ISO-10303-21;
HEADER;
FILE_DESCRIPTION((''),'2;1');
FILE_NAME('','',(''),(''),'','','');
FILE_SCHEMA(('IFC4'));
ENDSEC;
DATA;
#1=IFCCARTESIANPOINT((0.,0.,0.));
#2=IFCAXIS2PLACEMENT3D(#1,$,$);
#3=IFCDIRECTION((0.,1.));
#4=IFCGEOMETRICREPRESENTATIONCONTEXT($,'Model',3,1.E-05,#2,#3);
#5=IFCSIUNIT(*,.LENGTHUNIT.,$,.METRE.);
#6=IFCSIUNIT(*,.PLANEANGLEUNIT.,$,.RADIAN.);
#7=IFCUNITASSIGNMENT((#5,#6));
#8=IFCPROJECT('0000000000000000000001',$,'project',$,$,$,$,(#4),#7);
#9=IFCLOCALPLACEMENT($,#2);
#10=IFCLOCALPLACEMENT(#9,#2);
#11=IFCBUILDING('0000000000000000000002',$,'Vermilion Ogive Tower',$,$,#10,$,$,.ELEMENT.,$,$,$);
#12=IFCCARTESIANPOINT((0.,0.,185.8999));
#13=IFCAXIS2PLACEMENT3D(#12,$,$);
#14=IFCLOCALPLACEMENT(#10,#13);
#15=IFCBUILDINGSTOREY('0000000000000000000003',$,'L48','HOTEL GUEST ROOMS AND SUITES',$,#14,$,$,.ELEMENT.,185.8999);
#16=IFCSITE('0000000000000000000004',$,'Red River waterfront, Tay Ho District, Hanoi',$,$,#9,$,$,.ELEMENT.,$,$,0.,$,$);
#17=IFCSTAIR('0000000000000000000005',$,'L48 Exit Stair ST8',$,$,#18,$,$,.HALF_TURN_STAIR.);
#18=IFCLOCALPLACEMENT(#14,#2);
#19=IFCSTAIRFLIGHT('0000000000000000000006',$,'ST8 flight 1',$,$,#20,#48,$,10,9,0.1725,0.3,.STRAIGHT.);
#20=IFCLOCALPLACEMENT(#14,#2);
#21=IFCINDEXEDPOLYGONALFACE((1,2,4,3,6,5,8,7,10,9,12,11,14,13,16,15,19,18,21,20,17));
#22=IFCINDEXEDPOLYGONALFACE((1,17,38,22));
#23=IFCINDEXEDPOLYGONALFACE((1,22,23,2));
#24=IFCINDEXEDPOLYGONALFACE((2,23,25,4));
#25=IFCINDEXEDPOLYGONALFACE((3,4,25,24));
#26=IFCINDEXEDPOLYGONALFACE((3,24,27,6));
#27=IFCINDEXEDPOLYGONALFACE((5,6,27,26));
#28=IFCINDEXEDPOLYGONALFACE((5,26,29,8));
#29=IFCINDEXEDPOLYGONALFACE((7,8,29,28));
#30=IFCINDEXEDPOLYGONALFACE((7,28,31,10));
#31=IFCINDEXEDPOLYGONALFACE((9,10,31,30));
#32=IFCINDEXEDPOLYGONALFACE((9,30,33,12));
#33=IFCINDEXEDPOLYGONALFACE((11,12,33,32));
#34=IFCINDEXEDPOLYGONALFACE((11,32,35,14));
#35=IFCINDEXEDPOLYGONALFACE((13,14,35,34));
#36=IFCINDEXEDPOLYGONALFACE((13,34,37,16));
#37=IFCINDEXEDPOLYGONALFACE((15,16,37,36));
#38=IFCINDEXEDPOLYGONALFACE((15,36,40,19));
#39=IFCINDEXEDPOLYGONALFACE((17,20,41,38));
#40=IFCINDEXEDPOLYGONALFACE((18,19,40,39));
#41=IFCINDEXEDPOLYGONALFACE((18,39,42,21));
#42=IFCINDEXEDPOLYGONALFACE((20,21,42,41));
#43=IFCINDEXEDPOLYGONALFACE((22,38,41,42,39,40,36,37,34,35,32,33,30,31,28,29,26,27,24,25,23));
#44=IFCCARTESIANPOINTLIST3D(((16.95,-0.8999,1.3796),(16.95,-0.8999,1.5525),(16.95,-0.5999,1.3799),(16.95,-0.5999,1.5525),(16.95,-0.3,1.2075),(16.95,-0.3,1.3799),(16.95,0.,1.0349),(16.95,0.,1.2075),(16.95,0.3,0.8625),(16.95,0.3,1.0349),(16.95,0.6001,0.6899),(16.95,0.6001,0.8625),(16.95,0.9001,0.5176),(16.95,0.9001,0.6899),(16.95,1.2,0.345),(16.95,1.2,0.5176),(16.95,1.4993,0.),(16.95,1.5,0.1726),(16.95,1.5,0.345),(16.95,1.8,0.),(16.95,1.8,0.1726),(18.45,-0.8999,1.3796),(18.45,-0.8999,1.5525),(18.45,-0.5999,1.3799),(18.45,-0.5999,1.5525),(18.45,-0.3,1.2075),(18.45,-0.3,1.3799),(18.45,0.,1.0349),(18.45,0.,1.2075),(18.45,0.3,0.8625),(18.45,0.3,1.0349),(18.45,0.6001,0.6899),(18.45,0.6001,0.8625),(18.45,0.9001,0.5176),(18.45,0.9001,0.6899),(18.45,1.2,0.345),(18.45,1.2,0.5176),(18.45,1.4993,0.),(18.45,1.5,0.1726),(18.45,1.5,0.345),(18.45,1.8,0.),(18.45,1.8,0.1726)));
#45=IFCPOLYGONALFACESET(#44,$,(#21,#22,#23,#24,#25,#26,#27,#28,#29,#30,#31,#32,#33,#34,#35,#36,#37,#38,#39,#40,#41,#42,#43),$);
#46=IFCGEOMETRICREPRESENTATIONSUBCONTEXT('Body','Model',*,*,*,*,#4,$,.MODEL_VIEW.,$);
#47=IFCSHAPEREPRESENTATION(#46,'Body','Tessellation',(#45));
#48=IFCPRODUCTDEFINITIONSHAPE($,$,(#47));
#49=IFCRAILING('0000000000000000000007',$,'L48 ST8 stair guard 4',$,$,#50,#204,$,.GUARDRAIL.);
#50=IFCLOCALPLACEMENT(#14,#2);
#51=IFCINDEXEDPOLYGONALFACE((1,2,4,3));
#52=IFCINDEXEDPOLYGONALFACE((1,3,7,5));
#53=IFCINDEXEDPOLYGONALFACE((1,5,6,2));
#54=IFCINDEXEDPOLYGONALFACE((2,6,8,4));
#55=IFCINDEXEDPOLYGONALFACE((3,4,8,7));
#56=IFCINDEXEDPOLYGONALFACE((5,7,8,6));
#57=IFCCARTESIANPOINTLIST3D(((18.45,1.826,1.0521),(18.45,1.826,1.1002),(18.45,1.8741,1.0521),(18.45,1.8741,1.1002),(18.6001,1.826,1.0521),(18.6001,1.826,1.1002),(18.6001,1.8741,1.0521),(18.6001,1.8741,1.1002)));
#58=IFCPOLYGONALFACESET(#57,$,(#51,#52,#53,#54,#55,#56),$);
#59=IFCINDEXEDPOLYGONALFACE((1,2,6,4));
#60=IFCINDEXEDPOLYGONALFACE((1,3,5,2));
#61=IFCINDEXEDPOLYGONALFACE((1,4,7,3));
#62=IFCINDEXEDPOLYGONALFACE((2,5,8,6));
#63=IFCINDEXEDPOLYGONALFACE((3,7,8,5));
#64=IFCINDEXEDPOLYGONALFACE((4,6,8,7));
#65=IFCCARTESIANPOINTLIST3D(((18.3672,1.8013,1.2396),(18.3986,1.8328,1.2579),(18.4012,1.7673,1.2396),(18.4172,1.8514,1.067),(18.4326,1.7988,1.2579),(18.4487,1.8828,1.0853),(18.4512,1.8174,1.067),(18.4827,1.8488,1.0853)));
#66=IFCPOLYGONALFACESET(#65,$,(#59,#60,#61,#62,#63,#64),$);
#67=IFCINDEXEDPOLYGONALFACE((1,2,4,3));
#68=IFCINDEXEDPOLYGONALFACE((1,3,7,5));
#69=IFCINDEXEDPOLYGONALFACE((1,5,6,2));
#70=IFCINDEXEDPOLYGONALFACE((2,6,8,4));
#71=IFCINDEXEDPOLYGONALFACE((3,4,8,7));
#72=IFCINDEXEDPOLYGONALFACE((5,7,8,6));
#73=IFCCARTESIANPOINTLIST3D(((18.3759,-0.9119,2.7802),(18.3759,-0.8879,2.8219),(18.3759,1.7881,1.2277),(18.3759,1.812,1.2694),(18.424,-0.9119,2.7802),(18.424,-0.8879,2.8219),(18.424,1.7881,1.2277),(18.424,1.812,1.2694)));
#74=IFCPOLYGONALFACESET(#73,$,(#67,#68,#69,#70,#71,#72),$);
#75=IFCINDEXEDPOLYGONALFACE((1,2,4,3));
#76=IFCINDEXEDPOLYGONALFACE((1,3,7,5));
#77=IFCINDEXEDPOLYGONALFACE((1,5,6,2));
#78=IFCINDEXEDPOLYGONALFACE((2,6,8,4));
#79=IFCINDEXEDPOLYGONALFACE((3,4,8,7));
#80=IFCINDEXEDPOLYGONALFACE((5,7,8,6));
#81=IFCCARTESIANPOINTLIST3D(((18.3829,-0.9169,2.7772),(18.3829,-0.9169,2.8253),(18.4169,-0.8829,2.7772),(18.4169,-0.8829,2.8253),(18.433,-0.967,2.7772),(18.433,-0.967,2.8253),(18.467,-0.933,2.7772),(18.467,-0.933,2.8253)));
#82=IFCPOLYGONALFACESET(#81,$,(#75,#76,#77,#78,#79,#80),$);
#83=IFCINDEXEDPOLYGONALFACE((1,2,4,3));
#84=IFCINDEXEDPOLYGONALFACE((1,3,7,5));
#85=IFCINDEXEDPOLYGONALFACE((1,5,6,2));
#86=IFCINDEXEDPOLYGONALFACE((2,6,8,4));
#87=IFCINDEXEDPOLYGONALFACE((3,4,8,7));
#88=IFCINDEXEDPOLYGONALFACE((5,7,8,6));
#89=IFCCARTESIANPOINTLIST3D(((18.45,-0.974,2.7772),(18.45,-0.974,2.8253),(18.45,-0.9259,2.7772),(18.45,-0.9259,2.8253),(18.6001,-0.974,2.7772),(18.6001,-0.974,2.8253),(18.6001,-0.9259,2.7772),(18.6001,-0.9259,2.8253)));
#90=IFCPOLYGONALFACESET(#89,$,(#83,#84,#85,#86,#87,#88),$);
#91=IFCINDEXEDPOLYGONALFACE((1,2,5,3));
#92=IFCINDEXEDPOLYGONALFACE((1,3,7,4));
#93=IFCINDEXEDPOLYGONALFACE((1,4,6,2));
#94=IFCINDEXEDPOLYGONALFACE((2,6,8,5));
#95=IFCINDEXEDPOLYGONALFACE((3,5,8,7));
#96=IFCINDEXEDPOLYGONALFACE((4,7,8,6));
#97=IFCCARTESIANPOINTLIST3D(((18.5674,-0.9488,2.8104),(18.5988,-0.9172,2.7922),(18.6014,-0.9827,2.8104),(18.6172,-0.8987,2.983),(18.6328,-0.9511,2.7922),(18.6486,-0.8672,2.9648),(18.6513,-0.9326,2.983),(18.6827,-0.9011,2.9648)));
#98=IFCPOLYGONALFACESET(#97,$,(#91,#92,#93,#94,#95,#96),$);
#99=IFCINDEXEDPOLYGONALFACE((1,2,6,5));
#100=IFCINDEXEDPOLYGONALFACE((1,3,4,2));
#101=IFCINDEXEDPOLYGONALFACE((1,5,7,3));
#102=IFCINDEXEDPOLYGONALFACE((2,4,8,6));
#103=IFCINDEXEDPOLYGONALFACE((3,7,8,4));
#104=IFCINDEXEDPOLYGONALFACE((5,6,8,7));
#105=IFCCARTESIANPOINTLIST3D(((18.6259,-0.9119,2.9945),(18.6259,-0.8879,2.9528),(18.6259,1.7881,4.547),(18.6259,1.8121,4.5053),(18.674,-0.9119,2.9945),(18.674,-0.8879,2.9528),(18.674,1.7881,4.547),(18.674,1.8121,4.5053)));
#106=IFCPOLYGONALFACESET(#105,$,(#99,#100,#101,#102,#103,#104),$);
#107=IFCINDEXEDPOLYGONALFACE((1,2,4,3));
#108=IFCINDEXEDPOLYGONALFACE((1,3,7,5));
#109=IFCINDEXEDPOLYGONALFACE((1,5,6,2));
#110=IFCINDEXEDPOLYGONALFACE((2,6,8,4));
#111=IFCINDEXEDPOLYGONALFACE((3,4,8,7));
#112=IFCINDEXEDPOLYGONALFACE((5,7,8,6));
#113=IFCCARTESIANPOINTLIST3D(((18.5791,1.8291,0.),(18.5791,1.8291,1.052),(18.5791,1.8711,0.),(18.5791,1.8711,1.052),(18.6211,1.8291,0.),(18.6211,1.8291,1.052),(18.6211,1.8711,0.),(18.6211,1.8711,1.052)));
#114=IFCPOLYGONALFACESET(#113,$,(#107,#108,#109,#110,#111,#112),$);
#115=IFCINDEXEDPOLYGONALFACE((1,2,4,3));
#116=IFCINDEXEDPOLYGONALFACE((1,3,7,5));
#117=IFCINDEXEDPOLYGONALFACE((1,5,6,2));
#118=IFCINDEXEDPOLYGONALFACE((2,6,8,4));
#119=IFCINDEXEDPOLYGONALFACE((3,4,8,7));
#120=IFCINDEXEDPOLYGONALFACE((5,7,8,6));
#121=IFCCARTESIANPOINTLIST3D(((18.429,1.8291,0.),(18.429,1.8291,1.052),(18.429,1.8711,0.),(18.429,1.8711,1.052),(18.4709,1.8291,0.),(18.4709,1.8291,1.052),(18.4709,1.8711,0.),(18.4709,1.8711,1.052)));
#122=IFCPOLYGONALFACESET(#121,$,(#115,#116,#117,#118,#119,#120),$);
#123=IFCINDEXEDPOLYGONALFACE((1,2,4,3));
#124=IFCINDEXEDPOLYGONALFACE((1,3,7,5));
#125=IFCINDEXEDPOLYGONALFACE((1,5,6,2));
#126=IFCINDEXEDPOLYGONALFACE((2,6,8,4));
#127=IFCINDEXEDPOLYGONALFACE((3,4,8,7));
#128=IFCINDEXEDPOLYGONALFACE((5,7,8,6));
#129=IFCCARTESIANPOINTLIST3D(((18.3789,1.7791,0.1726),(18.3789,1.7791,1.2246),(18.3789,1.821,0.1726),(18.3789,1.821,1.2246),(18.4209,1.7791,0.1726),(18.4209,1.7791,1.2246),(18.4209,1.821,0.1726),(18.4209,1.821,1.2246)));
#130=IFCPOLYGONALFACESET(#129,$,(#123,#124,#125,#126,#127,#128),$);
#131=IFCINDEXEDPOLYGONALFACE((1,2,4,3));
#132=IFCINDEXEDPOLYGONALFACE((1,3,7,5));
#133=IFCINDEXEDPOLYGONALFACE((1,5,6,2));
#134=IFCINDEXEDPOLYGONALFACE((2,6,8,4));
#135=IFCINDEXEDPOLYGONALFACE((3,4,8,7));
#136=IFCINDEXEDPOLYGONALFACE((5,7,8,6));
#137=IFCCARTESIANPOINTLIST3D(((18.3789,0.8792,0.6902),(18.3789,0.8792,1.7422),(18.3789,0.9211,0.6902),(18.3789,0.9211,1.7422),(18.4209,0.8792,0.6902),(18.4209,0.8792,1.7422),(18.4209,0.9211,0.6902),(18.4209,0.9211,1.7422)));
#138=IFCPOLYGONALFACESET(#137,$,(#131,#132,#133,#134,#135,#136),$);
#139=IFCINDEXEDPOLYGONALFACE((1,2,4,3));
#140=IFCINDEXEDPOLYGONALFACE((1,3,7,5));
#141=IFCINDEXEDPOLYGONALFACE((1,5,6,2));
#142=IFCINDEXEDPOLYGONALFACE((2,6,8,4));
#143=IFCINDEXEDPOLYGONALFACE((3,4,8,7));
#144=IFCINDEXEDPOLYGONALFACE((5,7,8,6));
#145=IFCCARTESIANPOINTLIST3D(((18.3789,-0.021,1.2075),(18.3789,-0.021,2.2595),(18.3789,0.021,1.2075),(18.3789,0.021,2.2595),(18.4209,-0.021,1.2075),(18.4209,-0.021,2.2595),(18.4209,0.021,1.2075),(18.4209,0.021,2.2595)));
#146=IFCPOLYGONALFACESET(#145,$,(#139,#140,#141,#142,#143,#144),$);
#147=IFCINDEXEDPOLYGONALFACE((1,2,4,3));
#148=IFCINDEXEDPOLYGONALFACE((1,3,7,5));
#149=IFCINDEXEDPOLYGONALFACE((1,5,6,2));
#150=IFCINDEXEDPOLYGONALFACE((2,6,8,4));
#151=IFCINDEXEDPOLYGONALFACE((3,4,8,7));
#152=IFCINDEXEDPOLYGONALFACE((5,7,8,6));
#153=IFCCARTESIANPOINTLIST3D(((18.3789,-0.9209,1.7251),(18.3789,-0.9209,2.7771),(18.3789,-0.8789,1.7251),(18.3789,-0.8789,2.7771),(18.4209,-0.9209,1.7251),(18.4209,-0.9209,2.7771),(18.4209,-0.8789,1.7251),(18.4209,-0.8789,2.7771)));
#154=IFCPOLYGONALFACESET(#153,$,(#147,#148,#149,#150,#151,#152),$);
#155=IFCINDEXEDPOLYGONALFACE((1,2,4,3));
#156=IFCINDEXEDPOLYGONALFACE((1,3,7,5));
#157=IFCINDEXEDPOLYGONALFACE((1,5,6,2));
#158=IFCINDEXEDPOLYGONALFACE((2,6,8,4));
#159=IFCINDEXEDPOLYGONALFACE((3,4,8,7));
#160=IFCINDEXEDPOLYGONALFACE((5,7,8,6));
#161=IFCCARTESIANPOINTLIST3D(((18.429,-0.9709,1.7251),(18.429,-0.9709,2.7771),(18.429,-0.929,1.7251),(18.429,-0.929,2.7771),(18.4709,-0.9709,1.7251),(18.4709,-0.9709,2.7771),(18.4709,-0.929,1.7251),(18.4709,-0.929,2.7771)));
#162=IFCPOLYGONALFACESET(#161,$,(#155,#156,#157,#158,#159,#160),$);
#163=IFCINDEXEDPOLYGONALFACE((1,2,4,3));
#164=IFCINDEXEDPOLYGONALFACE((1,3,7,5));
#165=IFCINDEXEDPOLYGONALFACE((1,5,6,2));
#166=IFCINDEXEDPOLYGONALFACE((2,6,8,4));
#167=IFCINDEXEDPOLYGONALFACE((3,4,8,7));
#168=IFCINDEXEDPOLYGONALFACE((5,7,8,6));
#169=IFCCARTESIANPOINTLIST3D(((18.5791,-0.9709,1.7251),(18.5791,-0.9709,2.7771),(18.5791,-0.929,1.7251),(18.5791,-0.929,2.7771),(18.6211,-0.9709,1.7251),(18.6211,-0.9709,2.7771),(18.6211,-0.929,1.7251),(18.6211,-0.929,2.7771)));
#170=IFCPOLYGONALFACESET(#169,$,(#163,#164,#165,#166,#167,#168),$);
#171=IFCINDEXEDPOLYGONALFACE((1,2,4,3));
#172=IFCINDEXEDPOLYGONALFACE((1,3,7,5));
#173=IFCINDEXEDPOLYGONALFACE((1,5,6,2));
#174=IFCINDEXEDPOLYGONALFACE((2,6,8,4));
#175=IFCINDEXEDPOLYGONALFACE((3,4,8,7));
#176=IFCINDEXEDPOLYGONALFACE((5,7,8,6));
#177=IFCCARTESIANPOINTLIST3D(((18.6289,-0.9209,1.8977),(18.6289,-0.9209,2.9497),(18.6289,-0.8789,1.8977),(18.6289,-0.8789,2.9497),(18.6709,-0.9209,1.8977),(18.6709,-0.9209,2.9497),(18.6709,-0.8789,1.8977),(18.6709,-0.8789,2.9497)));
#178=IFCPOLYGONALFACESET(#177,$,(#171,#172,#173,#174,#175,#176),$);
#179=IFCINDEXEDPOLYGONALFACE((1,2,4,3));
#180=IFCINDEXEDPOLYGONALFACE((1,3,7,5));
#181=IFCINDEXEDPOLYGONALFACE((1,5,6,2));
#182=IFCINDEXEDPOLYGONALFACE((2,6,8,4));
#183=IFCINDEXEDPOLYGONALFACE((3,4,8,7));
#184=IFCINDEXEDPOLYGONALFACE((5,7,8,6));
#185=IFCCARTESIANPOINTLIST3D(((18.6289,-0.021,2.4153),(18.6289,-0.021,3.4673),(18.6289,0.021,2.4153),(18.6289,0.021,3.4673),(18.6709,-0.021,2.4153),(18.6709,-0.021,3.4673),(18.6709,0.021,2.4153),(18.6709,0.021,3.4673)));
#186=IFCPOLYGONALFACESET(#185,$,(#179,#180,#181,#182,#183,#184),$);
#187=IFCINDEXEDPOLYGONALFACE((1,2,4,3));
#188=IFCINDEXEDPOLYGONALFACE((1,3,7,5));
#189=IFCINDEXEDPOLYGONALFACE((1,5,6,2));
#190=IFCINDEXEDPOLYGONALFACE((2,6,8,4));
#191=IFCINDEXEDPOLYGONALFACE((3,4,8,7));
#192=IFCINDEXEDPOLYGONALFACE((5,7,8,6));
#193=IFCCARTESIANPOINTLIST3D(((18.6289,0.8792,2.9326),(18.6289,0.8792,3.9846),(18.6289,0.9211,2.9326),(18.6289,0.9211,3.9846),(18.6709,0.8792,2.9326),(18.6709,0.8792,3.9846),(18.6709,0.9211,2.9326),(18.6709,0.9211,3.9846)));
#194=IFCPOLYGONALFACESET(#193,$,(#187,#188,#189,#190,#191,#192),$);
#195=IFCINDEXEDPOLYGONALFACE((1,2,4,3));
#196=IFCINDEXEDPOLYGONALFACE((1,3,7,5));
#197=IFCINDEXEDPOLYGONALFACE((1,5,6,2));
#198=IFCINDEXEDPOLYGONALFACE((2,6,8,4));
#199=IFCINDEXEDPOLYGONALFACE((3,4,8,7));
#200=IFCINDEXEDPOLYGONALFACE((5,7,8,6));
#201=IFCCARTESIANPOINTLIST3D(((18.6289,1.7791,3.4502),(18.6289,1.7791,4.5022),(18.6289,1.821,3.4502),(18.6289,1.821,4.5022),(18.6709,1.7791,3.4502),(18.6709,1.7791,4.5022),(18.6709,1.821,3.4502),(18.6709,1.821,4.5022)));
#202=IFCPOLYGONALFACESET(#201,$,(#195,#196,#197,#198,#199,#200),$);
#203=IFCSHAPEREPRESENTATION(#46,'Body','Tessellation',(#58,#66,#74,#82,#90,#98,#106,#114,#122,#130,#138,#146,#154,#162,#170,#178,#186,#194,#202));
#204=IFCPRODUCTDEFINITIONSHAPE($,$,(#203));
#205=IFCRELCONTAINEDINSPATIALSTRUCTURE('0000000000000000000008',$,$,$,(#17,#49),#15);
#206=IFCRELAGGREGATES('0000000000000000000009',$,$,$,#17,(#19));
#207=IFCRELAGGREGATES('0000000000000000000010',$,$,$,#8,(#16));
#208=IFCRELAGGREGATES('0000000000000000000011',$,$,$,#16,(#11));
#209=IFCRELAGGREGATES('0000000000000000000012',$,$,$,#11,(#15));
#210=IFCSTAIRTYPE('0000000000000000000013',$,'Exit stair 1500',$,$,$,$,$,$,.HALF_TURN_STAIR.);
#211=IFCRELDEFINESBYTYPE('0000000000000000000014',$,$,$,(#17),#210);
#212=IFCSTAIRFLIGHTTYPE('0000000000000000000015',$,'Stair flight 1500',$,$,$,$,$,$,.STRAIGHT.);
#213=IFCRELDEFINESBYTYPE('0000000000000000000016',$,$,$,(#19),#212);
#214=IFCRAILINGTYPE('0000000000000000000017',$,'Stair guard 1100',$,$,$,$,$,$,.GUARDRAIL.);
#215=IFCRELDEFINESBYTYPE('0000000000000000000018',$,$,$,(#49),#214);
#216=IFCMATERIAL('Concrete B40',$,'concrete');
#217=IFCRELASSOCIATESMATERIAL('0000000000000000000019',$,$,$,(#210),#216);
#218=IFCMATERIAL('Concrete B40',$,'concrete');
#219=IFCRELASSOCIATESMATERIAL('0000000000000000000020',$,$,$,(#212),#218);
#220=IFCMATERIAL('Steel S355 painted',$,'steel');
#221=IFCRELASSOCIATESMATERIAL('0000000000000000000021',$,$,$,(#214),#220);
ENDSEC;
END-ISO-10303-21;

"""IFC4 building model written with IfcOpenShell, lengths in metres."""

from ifc_helpers import new_model, si_unit, direction, frame, origin, origin_2d, place, context, subcontext, project, spatial, polyline, rectangle, outline, extrude, material, type_object, element, aggregate, save


model = new_model("IFC4")

# Units and contexts
model_context = context("Model", 3, precision=1e-05, world=origin(), true_north=direction((0.0, 1.0)))
body_context = subcontext(model_context, "Body", "Model", "MODEL_VIEW")
ifc_project = project(units=[si_unit("LENGTHUNIT", "METRE"), si_unit("PLANEANGLEUNIT", "RADIAN")], contexts=[model_context])

# Site, building, storey
site_placement = place(None, origin())
site = spatial("IfcSite", under=ifc_project, at=site_placement, Name="Red River waterfront, Tay Ho District, Hanoi", CompositionType="ELEMENT", RefElevation=0.0)
building_placement = place(site_placement, origin())
building = spatial("IfcBuilding", under=site, at=building_placement, Name="Vermilion Ogive Tower", CompositionType="ELEMENT")
storey_placement = place(building_placement, frame((0.0, 0.0, 185.8999)))
storey = spatial("IfcBuildingStorey", under=building, at=storey_placement, Name="L48", Description="HOTEL GUEST ROOMS AND SUITES", CompositionType="ELEMENT", Elevation=185.8999)

# Stair, stair flight
ifc_material_1 = material(Name="Concrete B40", Category="concrete")
stair_type = type_object("IfcStairType", Name="Exit stair 1500", PredefinedType="HALF_TURN_STAIR", material=ifc_material_1)
stair_placement = place(storey_placement, origin())
stair = element("IfcStair", 1, at=stair_placement, inside=storey, type_object=stair_type, Name="L48 Exit Stair ST8", PredefinedType="HALF_TURN_STAIR")
ifc_material_2 = material(Name="Concrete B40", Category="concrete")
stair_flight_type = type_object("IfcStairFlightType", Name="Stair flight 1500", PredefinedType="STRAIGHT", material=ifc_material_2)
stair_flight_placement = place(storey_placement, frame((17.7, 1.8, 0.0), z_axis=(0.0, 0.0, 1.0), x_axis=(0.0, -1.0, 0.0)))
stair_flight = element("IfcStairFlight", 2, at=stair_flight_placement, type_object=stair_flight_type, Name="ST8 flight 1", NumberOfRisers=10, NumberOfTreads=9, PredefinedType="STRAIGHT", RiserHeight=0.1725, TreadLength=0.3, context=body_context, shape_type="SweptSolid", body=[
    extrude(outline(polyline([(0.0, 0.0), (0.0, 0.1726), (0.3, 0.1726), (0.3, 0.345), (0.6001, 0.345), (0.6001, 0.5176), (0.8999, 0.5176), (0.8999, 0.6899), (1.2, 0.6899), (1.2, 0.8625), (1.5, 0.8625), (1.5, 1.0349), (1.8, 1.0349), (1.8, 1.2075), (2.1001, 1.2075), (2.1001, 1.3799), (2.3999, 1.3799), (2.3999, 1.5525), (2.7, 1.5525), (2.7, 1.7251), (2.7, 1.3796), (0.3008, 0.0), (0.0, 0.0)])), frame((0.0, 0.75, 0.0), z_axis=(0.0, -1.0, 0.0), x_axis=(1.0, 0.0, 0.0)), (0.0, 0.0, 1.0), 1.5),
])
aggregate(stair, [stair_flight])

# Railing
ifc_material_3 = material(Name="Steel S355 painted", Category="steel")
railing_type_1 = type_object("IfcRailingType", Name="Stair guard 1100", PredefinedType="GUARDRAIL", material=ifc_material_3)
railing_1_placement = place(storey_placement, frame((18.6001, 1.8501, 0.0)))
element("IfcRailing", 3, at=railing_1_placement, inside=storey, type_object=railing_type_1, Name="L48 ST8 stair guard 4", PredefinedType="GUARDRAIL", context=body_context, shape_type="SweptSolid", body=[
    extrude(rectangle(XDim=0.0481, YDim=0.0481, at=origin_2d()), frame((0.0, 0.0, 1.0762), z_axis=(-1.0, 0.0, 0.0), x_axis=(0.0, -1.0, 0.0)), (0.0, 0.0, 1.0), 0.1501),
    extrude(rectangle(XDim=0.0481, YDim=0.0481, at=origin_2d()), frame((-0.1501, 0.0, 1.0762), z_axis=(-0.268278, -0.268278, 0.925232), x_axis=(0.707107, -0.707107, 0.0)), (0.0, 0.0, 1.0), 0.1865),
    extrude(rectangle(XDim=0.0481, YDim=0.0481, at=origin_2d()), frame((-0.2002, -0.05, 1.2485), z_axis=(0.0, -0.866904, 0.498476), x_axis=(1.0, 0.0, 0.0)), (0.0, 0.0, 1.0), 3.1145),
    extrude(rectangle(XDim=0.0481, YDim=0.0481, at=origin_2d()), frame((-0.2002, -2.75, 2.8013), z_axis=(0.707107, -0.707107, 0.0), x_axis=(0.707107, 0.707107, 0.0)), (0.0, 0.0, 1.0), 0.0708),
    extrude(rectangle(XDim=0.0481, YDim=0.0481, at=origin_2d()), frame((-0.1501, -2.8, 2.8013), z_axis=(1.0, 0.0, 0.0), x_axis=(0.0, 1.0, 0.0)), (0.0, 0.0, 1.0), 0.1501),
    extrude(rectangle(XDim=0.0481, YDim=0.0481, at=origin_2d()), frame((0.0, -2.8, 2.8013), z_axis=(0.267063, 0.268372, 0.925556), x_axis=(-0.708834, 0.705376, 0.0)), (0.0, 0.0, 1.0), 0.1865),
    extrude(rectangle(XDim=0.0481, YDim=0.0481, at=origin_2d()), frame((0.0498, -2.75, 2.9736), z_axis=(0.0, 0.866904, 0.498476), x_axis=(-1.0, 0.0, 0.0)), (0.0, 0.0, 1.0), 3.1145),
    extrude(rectangle(XDim=0.042, YDim=0.042, at=origin_2d()), origin(), (0.0, 0.0, 1.0), 1.052),
    extrude(rectangle(XDim=0.042, YDim=0.042, at=origin_2d()), frame((-0.1501, 0.0, 0.0)), (0.0, 0.0, 1.0), 1.052),
    extrude(rectangle(XDim=0.042, YDim=0.042, at=origin_2d()), frame((-0.2002, -0.05, 0.1726)), (0.0, 0.0, 1.0), 1.052),
    extrude(rectangle(XDim=0.042, YDim=0.042, at=origin_2d()), frame((-0.2002, -0.95, 0.6902)), (0.0, 0.0, 1.0), 1.052),
    extrude(rectangle(XDim=0.042, YDim=0.042, at=origin_2d()), frame((-0.2002, -1.8501, 1.2075)), (0.0, 0.0, 1.0), 1.052),
    extrude(rectangle(XDim=0.042, YDim=0.042, at=origin_2d()), frame((-0.2002, -2.75, 1.7251)), (0.0, 0.0, 1.0), 1.052),
    extrude(rectangle(XDim=0.042, YDim=0.042, at=origin_2d()), frame((-0.1501, -2.8, 1.7251)), (0.0, 0.0, 1.0), 1.052),
    extrude(rectangle(XDim=0.042, YDim=0.042, at=origin_2d()), frame((0.0, -2.8, 1.7251)), (0.0, 0.0, 1.0), 1.052),
    extrude(rectangle(XDim=0.042, YDim=0.042, at=origin_2d()), frame((0.0498, -2.75, 1.8977)), (0.0, 0.0, 1.0), 1.052),
    extrude(rectangle(XDim=0.042, YDim=0.042, at=origin_2d()), frame((0.0498, -1.8501, 2.4153)), (0.0, 0.0, 1.0), 1.052),
    extrude(rectangle(XDim=0.042, YDim=0.042, at=origin_2d()), frame((0.0498, -0.95, 2.9326)), (0.0, 0.0, 1.0), 1.052),
    extrude(rectangle(XDim=0.042, YDim=0.042, at=origin_2d()), frame((0.0498, -0.05, 3.4502)), (0.0, 0.0, 1.0), 1.052),
])

save(model, "model.ifc")
